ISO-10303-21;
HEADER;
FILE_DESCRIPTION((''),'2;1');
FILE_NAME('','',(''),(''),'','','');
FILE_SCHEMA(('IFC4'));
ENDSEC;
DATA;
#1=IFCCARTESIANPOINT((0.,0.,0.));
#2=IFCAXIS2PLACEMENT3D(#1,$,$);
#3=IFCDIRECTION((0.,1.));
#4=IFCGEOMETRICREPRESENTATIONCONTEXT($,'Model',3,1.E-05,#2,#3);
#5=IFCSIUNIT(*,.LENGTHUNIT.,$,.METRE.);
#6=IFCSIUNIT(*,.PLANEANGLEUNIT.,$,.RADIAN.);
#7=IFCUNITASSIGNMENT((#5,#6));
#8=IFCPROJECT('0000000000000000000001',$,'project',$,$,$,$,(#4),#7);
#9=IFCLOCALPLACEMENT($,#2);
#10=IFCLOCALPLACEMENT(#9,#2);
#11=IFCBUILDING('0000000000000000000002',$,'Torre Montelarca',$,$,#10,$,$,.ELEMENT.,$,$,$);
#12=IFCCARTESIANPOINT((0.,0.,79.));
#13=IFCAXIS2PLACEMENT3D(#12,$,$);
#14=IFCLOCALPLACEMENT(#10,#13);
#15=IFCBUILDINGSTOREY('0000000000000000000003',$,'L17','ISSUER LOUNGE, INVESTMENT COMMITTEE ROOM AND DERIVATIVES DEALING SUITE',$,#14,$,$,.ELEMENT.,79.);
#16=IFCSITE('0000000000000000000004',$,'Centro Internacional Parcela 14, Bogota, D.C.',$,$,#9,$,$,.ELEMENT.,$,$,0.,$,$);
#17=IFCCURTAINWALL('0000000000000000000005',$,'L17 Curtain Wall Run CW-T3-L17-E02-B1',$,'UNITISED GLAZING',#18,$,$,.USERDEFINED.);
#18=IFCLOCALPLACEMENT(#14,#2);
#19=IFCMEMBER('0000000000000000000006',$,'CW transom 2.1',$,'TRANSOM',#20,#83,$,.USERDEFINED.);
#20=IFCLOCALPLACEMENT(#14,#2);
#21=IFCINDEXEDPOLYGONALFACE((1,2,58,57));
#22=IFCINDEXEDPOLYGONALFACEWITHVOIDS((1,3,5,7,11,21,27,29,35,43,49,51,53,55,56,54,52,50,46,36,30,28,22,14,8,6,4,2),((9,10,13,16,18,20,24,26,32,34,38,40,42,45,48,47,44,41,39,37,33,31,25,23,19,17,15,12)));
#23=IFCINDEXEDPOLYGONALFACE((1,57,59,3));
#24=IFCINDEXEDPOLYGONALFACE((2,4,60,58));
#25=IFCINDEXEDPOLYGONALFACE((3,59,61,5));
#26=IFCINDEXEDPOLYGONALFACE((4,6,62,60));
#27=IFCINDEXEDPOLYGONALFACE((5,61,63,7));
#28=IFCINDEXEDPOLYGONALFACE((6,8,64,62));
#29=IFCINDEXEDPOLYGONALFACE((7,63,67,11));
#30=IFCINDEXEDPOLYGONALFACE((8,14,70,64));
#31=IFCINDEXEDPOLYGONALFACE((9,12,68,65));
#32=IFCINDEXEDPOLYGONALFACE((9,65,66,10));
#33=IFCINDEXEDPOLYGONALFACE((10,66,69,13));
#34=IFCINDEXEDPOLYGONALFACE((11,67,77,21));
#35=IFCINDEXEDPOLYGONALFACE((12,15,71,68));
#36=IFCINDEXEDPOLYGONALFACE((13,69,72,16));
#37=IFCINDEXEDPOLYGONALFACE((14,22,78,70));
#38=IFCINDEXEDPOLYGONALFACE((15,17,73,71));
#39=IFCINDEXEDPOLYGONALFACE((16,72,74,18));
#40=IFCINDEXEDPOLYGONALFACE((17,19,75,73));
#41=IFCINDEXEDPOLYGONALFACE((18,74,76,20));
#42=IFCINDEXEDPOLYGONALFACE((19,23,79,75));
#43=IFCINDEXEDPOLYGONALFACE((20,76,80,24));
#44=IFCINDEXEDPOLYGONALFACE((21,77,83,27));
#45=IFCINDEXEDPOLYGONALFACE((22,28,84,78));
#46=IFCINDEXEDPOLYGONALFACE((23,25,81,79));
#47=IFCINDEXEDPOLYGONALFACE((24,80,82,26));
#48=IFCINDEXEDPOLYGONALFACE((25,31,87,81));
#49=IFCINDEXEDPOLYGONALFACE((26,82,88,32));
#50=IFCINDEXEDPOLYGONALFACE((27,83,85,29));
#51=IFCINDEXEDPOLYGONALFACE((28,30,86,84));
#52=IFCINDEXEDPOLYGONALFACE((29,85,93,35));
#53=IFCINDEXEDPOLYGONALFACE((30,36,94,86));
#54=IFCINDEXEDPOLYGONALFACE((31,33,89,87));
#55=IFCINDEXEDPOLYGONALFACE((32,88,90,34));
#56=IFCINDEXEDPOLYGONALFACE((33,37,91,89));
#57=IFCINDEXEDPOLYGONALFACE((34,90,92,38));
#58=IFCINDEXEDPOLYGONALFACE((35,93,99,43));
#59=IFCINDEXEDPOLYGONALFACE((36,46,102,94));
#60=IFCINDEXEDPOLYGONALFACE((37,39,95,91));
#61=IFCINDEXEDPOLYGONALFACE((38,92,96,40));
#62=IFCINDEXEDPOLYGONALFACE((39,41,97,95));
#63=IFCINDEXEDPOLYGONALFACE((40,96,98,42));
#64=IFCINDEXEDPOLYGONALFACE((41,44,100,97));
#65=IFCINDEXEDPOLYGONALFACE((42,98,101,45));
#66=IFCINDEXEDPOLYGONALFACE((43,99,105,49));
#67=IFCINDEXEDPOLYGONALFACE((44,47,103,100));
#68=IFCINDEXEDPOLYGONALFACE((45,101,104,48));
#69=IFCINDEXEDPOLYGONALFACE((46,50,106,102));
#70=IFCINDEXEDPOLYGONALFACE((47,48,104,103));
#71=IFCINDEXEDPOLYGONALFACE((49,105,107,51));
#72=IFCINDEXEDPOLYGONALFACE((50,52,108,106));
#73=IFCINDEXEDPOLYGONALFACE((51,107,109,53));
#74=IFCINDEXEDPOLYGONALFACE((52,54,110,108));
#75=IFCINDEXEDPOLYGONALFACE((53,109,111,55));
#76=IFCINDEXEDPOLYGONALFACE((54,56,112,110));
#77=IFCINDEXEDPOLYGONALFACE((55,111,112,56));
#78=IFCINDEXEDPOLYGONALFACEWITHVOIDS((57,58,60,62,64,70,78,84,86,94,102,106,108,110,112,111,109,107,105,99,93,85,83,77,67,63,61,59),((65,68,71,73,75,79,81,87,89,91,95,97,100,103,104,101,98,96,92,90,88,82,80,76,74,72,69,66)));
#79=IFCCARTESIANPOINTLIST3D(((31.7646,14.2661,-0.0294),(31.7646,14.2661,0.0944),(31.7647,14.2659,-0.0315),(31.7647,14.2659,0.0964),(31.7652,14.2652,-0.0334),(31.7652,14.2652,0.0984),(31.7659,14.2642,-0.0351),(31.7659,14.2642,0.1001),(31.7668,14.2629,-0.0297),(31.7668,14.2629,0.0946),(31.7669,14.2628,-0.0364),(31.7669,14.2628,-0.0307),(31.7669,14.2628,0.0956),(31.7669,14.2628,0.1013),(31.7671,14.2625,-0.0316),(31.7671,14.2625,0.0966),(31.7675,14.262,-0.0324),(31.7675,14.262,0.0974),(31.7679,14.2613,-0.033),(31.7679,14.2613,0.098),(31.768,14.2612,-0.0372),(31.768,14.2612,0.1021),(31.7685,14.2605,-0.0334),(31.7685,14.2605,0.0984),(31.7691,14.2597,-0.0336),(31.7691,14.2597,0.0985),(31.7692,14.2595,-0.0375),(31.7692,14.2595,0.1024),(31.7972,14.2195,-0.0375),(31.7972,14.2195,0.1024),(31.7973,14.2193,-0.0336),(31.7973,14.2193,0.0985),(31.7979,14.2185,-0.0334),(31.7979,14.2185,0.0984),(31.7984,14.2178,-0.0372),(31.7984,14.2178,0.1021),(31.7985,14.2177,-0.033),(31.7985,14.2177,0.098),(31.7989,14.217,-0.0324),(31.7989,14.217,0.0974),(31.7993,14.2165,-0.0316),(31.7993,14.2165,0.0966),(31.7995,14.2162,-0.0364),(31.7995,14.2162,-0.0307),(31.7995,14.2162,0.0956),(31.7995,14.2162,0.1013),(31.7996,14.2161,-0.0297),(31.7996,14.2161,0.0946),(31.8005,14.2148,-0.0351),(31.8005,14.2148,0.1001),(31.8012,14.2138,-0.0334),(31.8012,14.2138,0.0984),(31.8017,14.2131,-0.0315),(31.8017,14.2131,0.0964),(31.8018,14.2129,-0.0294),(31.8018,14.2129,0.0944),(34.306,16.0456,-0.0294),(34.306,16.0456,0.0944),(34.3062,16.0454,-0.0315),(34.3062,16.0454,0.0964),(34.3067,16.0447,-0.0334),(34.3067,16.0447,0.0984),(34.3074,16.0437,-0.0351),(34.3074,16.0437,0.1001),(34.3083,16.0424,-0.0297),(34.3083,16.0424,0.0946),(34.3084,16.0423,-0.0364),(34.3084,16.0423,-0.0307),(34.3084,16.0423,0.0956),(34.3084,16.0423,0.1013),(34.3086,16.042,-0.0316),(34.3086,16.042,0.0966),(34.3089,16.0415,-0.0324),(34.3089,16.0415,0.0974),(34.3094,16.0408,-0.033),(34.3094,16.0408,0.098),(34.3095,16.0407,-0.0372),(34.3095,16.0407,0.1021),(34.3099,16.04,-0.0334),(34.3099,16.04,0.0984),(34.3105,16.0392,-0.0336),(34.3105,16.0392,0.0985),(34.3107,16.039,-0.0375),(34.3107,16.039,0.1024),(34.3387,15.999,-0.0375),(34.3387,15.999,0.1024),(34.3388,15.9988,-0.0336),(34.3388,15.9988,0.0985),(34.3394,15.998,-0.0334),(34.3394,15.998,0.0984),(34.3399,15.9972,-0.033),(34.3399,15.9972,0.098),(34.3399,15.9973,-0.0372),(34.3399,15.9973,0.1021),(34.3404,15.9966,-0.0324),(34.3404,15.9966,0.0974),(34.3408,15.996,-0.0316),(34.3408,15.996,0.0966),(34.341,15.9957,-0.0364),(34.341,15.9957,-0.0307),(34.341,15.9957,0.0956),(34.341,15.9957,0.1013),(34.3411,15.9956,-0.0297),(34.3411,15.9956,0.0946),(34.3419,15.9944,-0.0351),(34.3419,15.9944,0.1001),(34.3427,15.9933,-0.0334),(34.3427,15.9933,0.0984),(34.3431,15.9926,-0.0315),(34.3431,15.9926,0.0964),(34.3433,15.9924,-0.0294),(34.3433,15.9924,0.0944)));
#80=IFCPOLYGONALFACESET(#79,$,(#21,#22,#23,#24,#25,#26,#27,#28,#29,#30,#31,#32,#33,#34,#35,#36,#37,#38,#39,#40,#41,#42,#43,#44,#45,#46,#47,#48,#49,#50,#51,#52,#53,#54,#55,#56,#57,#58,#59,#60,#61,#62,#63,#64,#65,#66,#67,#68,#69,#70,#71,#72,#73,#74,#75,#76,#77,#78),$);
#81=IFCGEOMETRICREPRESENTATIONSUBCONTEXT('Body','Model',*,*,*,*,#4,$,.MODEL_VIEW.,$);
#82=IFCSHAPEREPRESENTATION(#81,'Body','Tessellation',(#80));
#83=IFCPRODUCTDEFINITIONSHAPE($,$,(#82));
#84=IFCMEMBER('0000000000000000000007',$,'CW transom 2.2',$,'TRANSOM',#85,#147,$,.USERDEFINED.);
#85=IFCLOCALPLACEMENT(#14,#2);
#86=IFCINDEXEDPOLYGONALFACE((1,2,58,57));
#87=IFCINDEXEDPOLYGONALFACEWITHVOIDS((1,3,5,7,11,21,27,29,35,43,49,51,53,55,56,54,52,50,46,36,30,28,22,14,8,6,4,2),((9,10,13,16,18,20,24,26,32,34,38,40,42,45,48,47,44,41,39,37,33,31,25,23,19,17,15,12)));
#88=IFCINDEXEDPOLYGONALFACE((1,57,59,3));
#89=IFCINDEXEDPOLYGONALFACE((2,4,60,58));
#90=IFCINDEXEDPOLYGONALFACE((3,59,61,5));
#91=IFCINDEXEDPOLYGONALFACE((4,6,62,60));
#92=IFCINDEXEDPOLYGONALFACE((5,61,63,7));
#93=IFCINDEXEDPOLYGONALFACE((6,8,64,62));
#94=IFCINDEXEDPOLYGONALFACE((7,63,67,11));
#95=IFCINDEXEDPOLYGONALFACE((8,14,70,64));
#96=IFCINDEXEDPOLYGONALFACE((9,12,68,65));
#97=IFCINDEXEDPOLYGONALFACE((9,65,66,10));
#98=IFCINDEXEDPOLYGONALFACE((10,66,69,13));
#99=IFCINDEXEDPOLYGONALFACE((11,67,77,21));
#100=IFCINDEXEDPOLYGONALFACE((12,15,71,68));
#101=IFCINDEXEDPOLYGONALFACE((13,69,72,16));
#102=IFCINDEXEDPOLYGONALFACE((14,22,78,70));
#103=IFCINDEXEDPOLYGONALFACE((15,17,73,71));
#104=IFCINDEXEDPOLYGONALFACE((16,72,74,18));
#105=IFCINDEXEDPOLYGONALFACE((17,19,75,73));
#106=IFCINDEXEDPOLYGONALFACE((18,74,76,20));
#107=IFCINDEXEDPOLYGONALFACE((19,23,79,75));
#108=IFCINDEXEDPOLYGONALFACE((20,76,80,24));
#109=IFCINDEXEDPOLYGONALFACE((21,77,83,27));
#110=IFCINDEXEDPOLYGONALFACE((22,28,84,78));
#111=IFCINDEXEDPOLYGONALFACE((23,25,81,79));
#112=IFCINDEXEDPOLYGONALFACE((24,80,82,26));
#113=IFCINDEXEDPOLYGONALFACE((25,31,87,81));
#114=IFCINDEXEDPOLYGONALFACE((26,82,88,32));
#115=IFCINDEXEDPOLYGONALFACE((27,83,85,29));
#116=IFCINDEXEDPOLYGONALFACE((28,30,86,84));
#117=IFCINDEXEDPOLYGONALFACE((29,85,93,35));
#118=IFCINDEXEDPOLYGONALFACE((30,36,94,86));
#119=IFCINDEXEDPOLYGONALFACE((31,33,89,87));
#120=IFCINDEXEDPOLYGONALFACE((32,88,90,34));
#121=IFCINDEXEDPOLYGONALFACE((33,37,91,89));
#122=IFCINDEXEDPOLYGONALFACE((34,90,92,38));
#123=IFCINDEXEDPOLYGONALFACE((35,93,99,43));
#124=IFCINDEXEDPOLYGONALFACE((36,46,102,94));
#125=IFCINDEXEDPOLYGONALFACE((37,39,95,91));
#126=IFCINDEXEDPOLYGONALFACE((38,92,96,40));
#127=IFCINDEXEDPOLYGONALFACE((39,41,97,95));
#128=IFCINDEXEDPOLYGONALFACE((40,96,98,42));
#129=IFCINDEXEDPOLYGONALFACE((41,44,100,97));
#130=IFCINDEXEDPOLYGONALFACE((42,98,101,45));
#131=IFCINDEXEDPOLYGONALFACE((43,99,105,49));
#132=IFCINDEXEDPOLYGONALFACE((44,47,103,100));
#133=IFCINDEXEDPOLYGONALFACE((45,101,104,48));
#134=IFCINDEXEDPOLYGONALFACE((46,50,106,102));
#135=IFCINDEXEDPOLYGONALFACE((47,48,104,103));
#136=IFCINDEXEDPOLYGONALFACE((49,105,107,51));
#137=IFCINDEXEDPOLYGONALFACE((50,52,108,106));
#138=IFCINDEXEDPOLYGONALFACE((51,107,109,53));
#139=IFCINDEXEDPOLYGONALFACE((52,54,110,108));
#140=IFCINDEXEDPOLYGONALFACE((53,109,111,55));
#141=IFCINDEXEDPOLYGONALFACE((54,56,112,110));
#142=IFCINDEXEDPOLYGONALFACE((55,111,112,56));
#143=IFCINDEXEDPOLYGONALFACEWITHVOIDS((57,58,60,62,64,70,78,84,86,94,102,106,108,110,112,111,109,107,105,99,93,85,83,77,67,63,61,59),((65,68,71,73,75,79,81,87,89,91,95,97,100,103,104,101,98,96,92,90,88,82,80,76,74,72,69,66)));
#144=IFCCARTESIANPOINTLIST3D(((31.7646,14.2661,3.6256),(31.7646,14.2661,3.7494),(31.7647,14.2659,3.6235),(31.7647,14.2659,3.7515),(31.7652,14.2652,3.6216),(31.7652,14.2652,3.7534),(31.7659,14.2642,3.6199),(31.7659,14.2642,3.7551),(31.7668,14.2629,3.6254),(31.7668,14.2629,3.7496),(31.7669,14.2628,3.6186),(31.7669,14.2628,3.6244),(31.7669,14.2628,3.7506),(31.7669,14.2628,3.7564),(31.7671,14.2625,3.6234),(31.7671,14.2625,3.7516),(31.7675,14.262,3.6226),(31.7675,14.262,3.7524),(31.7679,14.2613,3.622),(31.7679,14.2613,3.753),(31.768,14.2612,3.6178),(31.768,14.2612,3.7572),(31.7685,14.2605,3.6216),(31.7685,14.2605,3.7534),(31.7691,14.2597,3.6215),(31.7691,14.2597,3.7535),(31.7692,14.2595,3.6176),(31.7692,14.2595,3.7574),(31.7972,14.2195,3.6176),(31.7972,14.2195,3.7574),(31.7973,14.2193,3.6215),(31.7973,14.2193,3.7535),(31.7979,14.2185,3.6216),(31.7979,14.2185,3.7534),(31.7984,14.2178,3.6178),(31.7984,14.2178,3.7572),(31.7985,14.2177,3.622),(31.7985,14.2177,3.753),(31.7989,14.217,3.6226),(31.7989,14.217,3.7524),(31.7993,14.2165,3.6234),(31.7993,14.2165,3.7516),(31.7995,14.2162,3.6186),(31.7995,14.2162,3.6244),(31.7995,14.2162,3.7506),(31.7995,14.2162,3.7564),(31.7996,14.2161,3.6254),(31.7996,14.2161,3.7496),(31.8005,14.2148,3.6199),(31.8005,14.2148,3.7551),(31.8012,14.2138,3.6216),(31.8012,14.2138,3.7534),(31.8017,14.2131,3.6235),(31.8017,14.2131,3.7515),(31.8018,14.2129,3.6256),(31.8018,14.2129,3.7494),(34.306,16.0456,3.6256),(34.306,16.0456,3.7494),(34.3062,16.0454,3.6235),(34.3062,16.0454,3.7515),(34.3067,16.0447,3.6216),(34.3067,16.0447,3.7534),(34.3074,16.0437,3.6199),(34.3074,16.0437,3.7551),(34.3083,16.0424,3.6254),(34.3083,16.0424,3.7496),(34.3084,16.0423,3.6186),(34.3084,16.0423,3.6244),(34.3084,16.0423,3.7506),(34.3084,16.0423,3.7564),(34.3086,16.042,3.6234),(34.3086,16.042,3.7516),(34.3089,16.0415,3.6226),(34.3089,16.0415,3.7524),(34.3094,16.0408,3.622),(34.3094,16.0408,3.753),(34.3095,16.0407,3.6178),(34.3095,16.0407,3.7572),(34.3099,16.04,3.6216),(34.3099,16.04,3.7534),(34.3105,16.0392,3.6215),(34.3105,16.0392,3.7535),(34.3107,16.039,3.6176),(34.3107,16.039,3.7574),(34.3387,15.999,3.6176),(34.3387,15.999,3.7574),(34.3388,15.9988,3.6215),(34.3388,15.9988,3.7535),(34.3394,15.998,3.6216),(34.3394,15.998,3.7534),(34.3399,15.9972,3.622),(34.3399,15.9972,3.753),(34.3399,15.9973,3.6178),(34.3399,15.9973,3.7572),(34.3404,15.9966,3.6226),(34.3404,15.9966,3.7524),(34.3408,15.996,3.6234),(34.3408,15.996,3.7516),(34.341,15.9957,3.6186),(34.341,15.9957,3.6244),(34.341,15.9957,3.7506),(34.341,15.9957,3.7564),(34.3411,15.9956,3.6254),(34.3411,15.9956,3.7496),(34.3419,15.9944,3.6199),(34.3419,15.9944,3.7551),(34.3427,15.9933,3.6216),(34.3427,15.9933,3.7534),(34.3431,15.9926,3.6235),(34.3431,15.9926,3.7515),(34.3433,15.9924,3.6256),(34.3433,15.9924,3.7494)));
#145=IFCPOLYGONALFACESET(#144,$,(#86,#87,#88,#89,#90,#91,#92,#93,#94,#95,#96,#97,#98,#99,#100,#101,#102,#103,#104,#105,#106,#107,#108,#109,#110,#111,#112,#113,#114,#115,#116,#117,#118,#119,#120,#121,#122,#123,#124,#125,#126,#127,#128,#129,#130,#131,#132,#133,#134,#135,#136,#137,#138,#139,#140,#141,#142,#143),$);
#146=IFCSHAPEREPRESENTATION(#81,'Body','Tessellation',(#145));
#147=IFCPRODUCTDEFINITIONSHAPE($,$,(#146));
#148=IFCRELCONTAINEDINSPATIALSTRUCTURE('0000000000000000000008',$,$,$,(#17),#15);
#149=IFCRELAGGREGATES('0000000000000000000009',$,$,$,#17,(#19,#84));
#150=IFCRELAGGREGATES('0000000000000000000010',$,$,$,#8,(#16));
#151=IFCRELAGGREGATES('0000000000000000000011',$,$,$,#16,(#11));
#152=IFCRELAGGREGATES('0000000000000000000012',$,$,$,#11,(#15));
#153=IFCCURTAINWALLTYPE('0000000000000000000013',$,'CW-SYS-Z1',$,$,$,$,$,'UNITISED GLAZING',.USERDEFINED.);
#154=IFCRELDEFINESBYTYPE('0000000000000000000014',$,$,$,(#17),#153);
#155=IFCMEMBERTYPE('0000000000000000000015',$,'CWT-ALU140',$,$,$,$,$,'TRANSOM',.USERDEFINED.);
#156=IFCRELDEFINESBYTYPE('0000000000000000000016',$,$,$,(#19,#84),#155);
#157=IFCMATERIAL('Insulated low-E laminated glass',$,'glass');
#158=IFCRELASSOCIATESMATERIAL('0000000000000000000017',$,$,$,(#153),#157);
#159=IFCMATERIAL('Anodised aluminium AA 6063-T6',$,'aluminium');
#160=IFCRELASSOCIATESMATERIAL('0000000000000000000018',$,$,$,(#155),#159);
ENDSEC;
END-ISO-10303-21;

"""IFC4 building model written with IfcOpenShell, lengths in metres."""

from ifc_helpers import new_model, si_unit, direction, frame, origin, origin_2d, place, context, subcontext, project, spatial, hollow_rectangle, extrude, source, transform, mapped, material, material_profile, profile_set, type_object, element, aggregate, save


model = new_model("IFC4")

# Units and contexts
model_context = context("Model", 3, precision=1e-05, world=origin(), true_north=direction((0.0, 1.0)))
body_context = subcontext(model_context, "Body", "Model", "MODEL_VIEW")
ifc_project = project(units=[si_unit("LENGTHUNIT", "METRE"), si_unit("PLANEANGLEUNIT", "RADIAN")], contexts=[model_context])

# Site, building, storey
site_placement = place(None, origin())
site = spatial("IfcSite", under=ifc_project, at=site_placement, Name="Centro Internacional Parcela 14, Bogota, D.C.", CompositionType="ELEMENT", RefElevation=0.0)
building_placement = place(site_placement, origin())
building = spatial("IfcBuilding", under=site, at=building_placement, Name="Torre Montelarca", CompositionType="ELEMENT")
storey_placement = place(building_placement, frame((0.0, 0.0, 79.0)))
storey = spatial("IfcBuildingStorey", under=building, at=storey_placement, Name="L17", Description="ISSUER LOUNGE, INVESTMENT COMMITTEE ROOM AND DERIVATIVES DEALING SUITE", CompositionType="ELEMENT", Elevation=79.0)

# Curtain wall, members
ifc_material_1 = material(Name="Insulated low-E laminated glass", Category="glass")
curtain_wall_type = type_object("IfcCurtainWallType", Name="CW-SYS-Z1", ElementType="UNITISED GLAZING", PredefinedType="USERDEFINED", material=ifc_material_1)
ifc_material_2 = material(Name="Anodised aluminium AA 6063-T6", Category="aluminium")
ifc_material_profile_1 = material_profile(ifc_material_2, hollow_rectangle(XDim=0.0649, YDim=0.1399, WallThickness=0.0039, InnerFilletRadius=0.0039, OuterFilletRadius=0.0081, at=origin_2d()), Name="ALU65X140X4", Category="aluminium")
ifc_profile_set_1 = profile_set([ifc_material_profile_1], Name="Anodised aluminium AA 6063-T6")
member_type_1 = type_object("IfcMemberType", Name="CWT-ALU140", ElementType="TRANSOM", PredefinedType="USERDEFINED", material=ifc_profile_set_1)
curtain_wall_1_placement = place(storey_placement, origin())
curtain_wall_1 = element("IfcCurtainWall", 1, at=curtain_wall_1_placement, inside=storey, type_object=curtain_wall_type, Name="L17 Curtain Wall Run CW-T3-L17-E02-B1", ObjectType="UNITISED GLAZING", PredefinedType="USERDEFINED")
shared_shape_1 = source(origin(), body_context, "Body", "SweptSolid", [
    extrude(hollow_rectangle(XDim=0.0649, YDim=0.1399, WallThickness=0.0039, InnerFilletRadius=0.0039, OuterFilletRadius=0.0081, at=origin_2d()), origin(), (0.0, 0.0, 1.0), 3.1025),
])
member_1_placement = place(storey_placement, frame((31.7832, 14.2395, 0.0325), z_axis=(0.819158, 0.573568, 0.0), x_axis=(-0.573568, 0.819158, 0.0)))
member_1 = element("IfcMember", 2, at=member_1_placement, type_object=member_type_1, Name="CW transom 2.1", ObjectType="TRANSOM", PredefinedType="USERDEFINED", context=body_context, shape_type="MappedRepresentation", body=[
    mapped(shared_shape_1, transform((0.0, 0.0, 0.0), scale=1.0)),
])
member_2_placement = place(storey_placement, frame((31.7832, 14.2395, 3.6875), z_axis=(0.819158, 0.573568, 0.0), x_axis=(-0.573568, 0.819158, 0.0)))
member_2 = element("IfcMember", 3, at=member_2_placement, type_object=member_type_1, Name="CW transom 2.2", ObjectType="TRANSOM", PredefinedType="USERDEFINED", context=body_context, shape_type="MappedRepresentation", body=[
    mapped(shared_shape_1, transform((0.0, 0.0, 0.0), scale=1.0)),
])

aggregate(curtain_wall_1, [member_1, member_2])

save(model, "model.ifc")
